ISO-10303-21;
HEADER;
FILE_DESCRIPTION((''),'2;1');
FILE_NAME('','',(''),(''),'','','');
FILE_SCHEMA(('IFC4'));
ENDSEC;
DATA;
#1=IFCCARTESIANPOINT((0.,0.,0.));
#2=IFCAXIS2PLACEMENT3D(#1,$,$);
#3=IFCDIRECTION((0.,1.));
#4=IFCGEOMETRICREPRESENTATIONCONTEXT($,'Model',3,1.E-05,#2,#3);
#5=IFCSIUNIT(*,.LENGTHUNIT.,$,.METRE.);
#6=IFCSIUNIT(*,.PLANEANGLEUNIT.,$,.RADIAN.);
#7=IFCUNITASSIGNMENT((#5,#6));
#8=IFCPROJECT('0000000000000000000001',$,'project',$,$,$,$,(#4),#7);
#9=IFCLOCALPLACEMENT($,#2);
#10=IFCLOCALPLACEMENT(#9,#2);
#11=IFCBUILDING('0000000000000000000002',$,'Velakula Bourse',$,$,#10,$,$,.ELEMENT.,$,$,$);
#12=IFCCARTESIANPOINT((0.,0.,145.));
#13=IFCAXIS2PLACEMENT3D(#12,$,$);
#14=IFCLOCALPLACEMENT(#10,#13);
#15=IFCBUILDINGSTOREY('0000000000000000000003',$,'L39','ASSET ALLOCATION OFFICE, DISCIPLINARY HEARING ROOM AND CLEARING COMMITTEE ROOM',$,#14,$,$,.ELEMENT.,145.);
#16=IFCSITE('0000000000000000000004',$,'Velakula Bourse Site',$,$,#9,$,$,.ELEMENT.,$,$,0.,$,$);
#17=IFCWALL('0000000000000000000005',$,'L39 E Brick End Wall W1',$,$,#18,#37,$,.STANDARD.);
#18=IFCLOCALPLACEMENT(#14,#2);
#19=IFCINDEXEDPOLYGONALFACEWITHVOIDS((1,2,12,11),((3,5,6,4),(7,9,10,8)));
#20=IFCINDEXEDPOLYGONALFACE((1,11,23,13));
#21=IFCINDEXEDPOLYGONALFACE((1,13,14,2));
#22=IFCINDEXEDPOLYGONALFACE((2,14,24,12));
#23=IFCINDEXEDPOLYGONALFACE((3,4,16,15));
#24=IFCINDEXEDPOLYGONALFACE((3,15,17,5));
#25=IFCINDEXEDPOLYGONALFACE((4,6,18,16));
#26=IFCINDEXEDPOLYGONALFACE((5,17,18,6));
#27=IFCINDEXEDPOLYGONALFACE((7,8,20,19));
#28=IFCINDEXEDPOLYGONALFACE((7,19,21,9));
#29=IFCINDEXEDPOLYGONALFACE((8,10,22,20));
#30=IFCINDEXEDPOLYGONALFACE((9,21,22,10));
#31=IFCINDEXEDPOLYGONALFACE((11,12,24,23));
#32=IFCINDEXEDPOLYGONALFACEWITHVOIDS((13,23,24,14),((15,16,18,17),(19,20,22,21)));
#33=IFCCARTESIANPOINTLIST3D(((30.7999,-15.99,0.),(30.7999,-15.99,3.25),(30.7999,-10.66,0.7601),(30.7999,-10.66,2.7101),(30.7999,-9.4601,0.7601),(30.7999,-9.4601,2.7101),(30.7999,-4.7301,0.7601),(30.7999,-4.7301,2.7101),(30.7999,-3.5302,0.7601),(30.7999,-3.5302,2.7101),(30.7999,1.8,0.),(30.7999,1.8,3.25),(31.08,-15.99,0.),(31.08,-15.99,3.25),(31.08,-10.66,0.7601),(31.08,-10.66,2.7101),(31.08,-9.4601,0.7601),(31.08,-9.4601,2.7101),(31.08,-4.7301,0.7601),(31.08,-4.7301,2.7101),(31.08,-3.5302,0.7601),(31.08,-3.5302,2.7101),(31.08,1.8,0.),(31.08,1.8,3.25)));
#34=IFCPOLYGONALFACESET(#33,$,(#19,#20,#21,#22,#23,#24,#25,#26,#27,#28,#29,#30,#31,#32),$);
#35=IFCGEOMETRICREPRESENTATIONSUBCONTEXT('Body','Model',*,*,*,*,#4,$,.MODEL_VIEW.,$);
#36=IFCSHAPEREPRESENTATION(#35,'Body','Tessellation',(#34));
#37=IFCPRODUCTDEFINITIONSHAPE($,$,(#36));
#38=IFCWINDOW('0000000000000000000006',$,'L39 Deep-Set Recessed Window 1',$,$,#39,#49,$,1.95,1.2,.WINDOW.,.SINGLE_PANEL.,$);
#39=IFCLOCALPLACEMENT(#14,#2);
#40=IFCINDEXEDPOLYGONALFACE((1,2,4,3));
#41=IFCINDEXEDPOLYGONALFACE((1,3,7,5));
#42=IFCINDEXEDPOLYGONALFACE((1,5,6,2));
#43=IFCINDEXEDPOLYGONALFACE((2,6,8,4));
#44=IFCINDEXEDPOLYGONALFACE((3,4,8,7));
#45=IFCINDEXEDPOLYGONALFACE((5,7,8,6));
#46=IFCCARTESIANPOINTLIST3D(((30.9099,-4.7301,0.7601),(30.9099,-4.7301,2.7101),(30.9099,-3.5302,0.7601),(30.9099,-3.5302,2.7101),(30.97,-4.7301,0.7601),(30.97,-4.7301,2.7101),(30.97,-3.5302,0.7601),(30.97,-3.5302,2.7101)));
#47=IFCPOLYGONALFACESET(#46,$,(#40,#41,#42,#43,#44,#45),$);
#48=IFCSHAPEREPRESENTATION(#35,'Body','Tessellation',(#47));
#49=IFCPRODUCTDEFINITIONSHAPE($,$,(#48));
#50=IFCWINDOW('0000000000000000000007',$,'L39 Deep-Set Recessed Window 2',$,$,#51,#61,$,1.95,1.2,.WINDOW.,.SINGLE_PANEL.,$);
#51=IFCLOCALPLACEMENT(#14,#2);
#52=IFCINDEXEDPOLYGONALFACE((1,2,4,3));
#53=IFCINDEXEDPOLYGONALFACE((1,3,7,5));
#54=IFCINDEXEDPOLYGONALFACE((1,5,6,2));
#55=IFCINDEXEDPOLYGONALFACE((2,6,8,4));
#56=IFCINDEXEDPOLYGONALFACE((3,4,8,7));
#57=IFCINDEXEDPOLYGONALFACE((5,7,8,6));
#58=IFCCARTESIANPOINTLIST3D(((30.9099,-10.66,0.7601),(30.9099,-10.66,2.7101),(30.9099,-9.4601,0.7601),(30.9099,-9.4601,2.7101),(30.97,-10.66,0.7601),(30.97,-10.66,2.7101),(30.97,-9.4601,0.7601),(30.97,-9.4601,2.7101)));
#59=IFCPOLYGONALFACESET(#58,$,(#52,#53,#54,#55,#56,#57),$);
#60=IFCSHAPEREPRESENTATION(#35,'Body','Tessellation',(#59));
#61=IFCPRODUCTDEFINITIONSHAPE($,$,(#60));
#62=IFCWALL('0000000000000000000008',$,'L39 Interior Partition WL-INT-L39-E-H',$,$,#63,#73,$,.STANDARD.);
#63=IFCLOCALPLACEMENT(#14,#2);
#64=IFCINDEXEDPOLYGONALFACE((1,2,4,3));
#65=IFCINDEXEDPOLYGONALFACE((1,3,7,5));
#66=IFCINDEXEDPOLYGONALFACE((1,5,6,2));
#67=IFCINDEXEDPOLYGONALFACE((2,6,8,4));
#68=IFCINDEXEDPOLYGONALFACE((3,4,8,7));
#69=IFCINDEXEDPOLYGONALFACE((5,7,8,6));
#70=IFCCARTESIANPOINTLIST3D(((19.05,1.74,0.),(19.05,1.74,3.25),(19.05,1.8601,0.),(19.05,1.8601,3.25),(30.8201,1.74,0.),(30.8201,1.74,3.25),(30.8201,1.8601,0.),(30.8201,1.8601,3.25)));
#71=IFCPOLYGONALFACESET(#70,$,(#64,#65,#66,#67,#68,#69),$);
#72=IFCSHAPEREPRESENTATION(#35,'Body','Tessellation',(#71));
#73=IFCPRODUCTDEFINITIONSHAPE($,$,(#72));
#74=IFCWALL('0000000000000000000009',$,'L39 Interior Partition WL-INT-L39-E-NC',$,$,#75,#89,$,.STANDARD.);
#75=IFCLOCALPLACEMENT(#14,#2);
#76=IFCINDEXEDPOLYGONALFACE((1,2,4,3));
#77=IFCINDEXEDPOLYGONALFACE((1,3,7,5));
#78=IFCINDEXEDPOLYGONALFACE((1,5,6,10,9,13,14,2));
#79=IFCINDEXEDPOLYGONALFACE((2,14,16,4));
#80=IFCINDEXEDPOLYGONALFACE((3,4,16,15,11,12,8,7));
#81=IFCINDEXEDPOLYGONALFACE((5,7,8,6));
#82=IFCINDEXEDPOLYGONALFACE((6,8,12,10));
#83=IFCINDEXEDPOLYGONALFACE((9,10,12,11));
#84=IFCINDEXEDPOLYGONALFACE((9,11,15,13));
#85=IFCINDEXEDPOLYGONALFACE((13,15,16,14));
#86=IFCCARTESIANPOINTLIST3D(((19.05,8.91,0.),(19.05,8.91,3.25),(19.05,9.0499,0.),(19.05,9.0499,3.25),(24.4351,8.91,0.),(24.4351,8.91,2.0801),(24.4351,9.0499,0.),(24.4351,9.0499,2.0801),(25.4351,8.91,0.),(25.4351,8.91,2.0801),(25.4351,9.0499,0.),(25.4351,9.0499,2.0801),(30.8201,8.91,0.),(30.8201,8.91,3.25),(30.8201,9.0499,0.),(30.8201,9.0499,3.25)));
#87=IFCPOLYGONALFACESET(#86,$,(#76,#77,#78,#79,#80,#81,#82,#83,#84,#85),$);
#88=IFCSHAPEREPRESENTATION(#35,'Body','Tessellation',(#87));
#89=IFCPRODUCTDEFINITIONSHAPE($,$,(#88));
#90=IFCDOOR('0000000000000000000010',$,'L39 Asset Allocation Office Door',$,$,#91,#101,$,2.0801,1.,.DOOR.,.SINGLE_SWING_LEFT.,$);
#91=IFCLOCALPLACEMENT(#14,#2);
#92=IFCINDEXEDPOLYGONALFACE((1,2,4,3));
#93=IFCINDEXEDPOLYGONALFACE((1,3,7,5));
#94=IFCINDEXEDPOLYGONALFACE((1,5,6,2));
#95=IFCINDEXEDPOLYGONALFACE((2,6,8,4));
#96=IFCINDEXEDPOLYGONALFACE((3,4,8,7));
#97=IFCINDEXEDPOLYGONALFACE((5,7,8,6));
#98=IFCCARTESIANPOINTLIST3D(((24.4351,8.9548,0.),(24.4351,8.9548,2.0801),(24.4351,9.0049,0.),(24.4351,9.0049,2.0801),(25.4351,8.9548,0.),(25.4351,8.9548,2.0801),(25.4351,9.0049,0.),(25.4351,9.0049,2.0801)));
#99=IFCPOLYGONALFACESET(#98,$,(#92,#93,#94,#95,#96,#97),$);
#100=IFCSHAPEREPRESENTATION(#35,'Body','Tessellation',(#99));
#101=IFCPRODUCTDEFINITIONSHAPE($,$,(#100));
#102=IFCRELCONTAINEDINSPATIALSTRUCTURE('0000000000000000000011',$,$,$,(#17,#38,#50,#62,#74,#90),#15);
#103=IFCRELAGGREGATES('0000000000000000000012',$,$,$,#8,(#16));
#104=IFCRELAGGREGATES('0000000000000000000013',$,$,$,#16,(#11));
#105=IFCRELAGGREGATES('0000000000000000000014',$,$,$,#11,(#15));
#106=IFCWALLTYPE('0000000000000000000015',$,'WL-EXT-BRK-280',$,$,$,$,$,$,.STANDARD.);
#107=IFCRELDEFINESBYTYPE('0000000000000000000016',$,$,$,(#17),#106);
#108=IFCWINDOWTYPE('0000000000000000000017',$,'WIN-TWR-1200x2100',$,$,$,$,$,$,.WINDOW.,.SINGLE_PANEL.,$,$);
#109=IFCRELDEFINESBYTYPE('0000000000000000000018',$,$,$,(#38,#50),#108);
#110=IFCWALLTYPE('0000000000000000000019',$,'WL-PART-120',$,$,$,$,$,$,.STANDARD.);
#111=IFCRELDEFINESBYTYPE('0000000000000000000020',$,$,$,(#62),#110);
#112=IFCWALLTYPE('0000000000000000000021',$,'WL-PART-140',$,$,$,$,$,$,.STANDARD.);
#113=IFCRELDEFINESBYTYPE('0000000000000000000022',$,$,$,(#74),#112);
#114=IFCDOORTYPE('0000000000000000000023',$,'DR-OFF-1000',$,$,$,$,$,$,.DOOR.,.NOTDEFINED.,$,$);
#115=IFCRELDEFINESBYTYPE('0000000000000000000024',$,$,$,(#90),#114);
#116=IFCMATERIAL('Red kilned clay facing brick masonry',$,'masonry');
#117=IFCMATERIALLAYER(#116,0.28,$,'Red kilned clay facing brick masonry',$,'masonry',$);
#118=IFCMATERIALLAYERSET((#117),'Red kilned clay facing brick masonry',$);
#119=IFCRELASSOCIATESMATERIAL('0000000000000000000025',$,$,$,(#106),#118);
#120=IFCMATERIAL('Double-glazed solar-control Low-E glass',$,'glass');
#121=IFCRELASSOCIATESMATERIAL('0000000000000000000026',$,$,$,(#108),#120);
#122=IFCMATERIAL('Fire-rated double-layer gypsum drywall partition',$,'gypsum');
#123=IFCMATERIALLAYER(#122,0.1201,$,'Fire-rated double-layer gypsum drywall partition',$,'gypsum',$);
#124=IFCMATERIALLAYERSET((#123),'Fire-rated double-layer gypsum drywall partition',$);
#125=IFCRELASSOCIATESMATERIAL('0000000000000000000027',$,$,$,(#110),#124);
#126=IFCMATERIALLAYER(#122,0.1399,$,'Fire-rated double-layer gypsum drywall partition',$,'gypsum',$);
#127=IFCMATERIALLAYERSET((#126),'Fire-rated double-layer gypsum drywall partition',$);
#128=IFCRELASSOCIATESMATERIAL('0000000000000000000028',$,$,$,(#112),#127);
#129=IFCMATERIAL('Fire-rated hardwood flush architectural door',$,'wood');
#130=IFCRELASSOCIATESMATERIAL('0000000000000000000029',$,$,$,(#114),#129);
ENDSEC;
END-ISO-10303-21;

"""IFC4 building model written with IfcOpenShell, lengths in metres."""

from ifc_helpers import new_model, si_unit, direction, frame, frame_2d, origin, place, context, subcontext, project, spatial, rectangle, extrude, material, layer, layer_set, type_object, element, fill, save


model = new_model("IFC4")

# Units and contexts
model_context = context("Model", 3, precision=1e-05, world=origin(), true_north=direction((0.0, 1.0)))
body_context = subcontext(model_context, "Body", "Model", "MODEL_VIEW")
ifc_project = project(units=[si_unit("LENGTHUNIT", "METRE"), si_unit("PLANEANGLEUNIT", "RADIAN")], contexts=[model_context])

# Site, building, storey
site_placement = place(None, origin())
site = spatial("IfcSite", under=ifc_project, at=site_placement, Name="Velakula Bourse Site", CompositionType="ELEMENT", RefElevation=0.0)
building_placement = place(site_placement, origin())
building = spatial("IfcBuilding", under=site, at=building_placement, Name="Velakula Bourse", CompositionType="ELEMENT")
storey_placement = place(building_placement, frame((0.0, 0.0, 145.0)))
storey = spatial("IfcBuildingStorey", under=building, at=storey_placement, Name="L39", Description="ASSET ALLOCATION OFFICE, DISCIPLINARY HEARING ROOM AND CLEARING COMMITTEE ROOM", CompositionType="ELEMENT", Elevation=145.0)

# Wall, openings, windows
ifc_material_1 = material(Name="Red kilned clay facing brick masonry", Category="masonry")
ifc_layer_1 = layer(ifc_material_1, 0.28, Name="Red kilned clay facing brick masonry", Category="masonry")
ifc_layer_set_1 = layer_set([ifc_layer_1], Name="Red kilned clay facing brick masonry")
wall_type_1 = type_object("IfcWallType", Name="WL-EXT-BRK-280", PredefinedType="STANDARD", material=ifc_layer_set_1)
wall_1_placement = place(storey_placement, frame((30.9399, 1.8, 0.0), z_axis=(0.0, 0.0, 1.0), x_axis=(0.0, -1.0, 0.0)))
wall_1 = element("IfcWall", 1, at=wall_1_placement, inside=storey, type_object=wall_type_1, Name="L39 E Brick End Wall W1", PredefinedType="STANDARD", context=body_context, shape_type="SweptSolid", body=[
    extrude(rectangle(XDim=17.79, YDim=0.28, at=frame_2d((8.895, 0.0))), origin(), (0.0, 0.0, 1.0), 3.25),
])
opening_1_placement = place(wall_1_placement, frame((5.3301, 0.0, 0.76)))
opening_1 = element("IfcOpeningElement", 2, at=opening_1_placement, cuts=wall_1, PredefinedType="OPENING", context=body_context, shape_type="SweptSolid", body=[
    extrude(rectangle(XDim=1.2, YDim=1.95, at=frame_2d((0.6001, 0.9751))), frame((0.0, 0.1499, 0.0), z_axis=(0.0, -1.0, 0.0), x_axis=(1.0, 0.0, 0.0)), (0.0, 0.0, 1.0), 0.3),
])
opening_2_placement = place(wall_1_placement, frame((11.26, 0.0, 0.76)))
opening_2 = element("IfcOpeningElement", 3, at=opening_2_placement, cuts=wall_1, PredefinedType="OPENING", context=body_context, shape_type="SweptSolid", body=[
    extrude(rectangle(XDim=1.2, YDim=1.95, at=frame_2d((0.6001, 0.9751))), frame((0.0, 0.1499, 0.0), z_axis=(0.0, -1.0, 0.0), x_axis=(1.0, 0.0, 0.0)), (0.0, 0.0, 1.0), 0.3),
])
ifc_material_2 = material(Name="Double-glazed solar-control Low-E glass", Category="glass")
window_type = type_object("IfcWindowType", Name="WIN-TWR-1200x2100", PartitioningType="SINGLE_PANEL", PredefinedType="WINDOW", material=ifc_material_2)
window_1_placement = place(opening_1_placement, origin())
window_1 = element("IfcWindow", 4, at=window_1_placement, inside=storey, type_object=window_type, Name="L39 Deep-Set Recessed Window 1", OverallHeight=1.95, OverallWidth=1.2, PartitioningType="SINGLE_PANEL", PredefinedType="WINDOW", context=body_context, shape_type="SweptSolid", body=[
    extrude(rectangle(XDim=1.2, YDim=1.95, at=frame_2d((0.6001, 0.9751))), frame((0.0, 0.03, 0.0), z_axis=(0.0, -1.0, 0.0), x_axis=(1.0, 0.0, 0.0)), (0.0, 0.0, 1.0), 0.0601),
])
fill(opening_1, window_1)
window_2_placement = place(opening_2_placement, origin())
window_2 = element("IfcWindow", 5, at=window_2_placement, inside=storey, type_object=window_type, Name="L39 Deep-Set Recessed Window 2", OverallHeight=1.95, OverallWidth=1.2, PartitioningType="SINGLE_PANEL", PredefinedType="WINDOW", context=body_context, shape_type="SweptSolid", body=[
    extrude(rectangle(XDim=1.2, YDim=1.95, at=frame_2d((0.6001, 0.9751))), frame((0.0, 0.03, 0.0), z_axis=(0.0, -1.0, 0.0), x_axis=(1.0, 0.0, 0.0)), (0.0, 0.0, 1.0), 0.0601),
])
fill(opening_2, window_2)

# Wall
ifc_material_3 = material(Name="Fire-rated double-layer gypsum drywall partition", Category="gypsum")
ifc_layer_2 = layer(ifc_material_3, 0.1201, Name="Fire-rated double-layer gypsum drywall partition", Category="gypsum")
ifc_layer_set_2 = layer_set([ifc_layer_2], Name="Fire-rated double-layer gypsum drywall partition")
wall_type_2 = type_object("IfcWallType", Name="WL-PART-120", PredefinedType="STANDARD", material=ifc_layer_set_2)
wall_2_placement = place(storey_placement, frame((19.05, 1.8, 0.0), z_axis=(0.0, 0.0, 1.0), x_axis=(1.0, 0.0, 0.0)))
element("IfcWall", 6, at=wall_2_placement, inside=storey, type_object=wall_type_2, Name="L39 Interior Partition WL-INT-L39-E-H", PredefinedType="STANDARD", context=body_context, shape_type="SweptSolid", body=[
    extrude(rectangle(XDim=11.77, YDim=0.1201, at=frame_2d((5.885, 0.0))), origin(), (0.0, 0.0, 1.0), 3.25),
])

# Wall, opening, door
ifc_layer_3 = layer(ifc_material_3, 0.1399, Name="Fire-rated double-layer gypsum drywall partition", Category="gypsum")
ifc_layer_set_3 = layer_set([ifc_layer_3], Name="Fire-rated double-layer gypsum drywall partition")
wall_type_3 = type_object("IfcWallType", Name="WL-PART-140", PredefinedType="STANDARD", material=ifc_layer_set_3)
wall_3_placement = place(storey_placement, frame((19.05, 8.98, 0.0), z_axis=(0.0, 0.0, 1.0), x_axis=(1.0, 0.0, 0.0)))
wall_3 = element("IfcWall", 7, at=wall_3_placement, inside=storey, type_object=wall_type_3, Name="L39 Interior Partition WL-INT-L39-E-NC", PredefinedType="STANDARD", context=body_context, shape_type="SweptSolid", body=[
    extrude(rectangle(XDim=11.77, YDim=0.1399, at=frame_2d((5.885, 0.0))), origin(), (0.0, 0.0, 1.0), 3.25),
])
opening_3_placement = place(wall_3_placement, frame((5.385, 0.0, 0.0)))
opening_3 = element("IfcOpeningElement", 8, at=opening_3_placement, cuts=wall_3, PredefinedType="OPENING", context=body_context, shape_type="SweptSolid", body=[
    extrude(rectangle(XDim=1.0, YDim=2.0801, at=frame_2d((0.5, 1.04))), frame((0.0, 0.0798, 0.0), z_axis=(0.0, -1.0, 0.0), x_axis=(1.0, 0.0, 0.0)), (0.0, 0.0, 1.0), 0.1599),
])
ifc_material_4 = material(Name="Fire-rated hardwood flush architectural door", Category="wood")
door_type = type_object("IfcDoorType", Name="DR-OFF-1000", OperationType="NOTDEFINED", PredefinedType="DOOR", material=ifc_material_4)
door_placement = place(opening_3_placement, origin())
door = element("IfcDoor", 9, at=door_placement, inside=storey, type_object=door_type, Name="L39 Asset Allocation Office Door", OperationType="SINGLE_SWING_LEFT", OverallHeight=2.0801, OverallWidth=1.0, PredefinedType="DOOR", context=body_context, shape_type="SweptSolid", body=[
    extrude(rectangle(XDim=1.0, YDim=2.0801, at=frame_2d((0.5, 1.04))), frame((0.0, 0.0249, 0.0), z_axis=(0.0, -1.0, 0.0), x_axis=(1.0, 0.0, 0.0)), (0.0, 0.0, 1.0), 0.05),
])
fill(opening_3, door)

save(model, "model.ifc")
